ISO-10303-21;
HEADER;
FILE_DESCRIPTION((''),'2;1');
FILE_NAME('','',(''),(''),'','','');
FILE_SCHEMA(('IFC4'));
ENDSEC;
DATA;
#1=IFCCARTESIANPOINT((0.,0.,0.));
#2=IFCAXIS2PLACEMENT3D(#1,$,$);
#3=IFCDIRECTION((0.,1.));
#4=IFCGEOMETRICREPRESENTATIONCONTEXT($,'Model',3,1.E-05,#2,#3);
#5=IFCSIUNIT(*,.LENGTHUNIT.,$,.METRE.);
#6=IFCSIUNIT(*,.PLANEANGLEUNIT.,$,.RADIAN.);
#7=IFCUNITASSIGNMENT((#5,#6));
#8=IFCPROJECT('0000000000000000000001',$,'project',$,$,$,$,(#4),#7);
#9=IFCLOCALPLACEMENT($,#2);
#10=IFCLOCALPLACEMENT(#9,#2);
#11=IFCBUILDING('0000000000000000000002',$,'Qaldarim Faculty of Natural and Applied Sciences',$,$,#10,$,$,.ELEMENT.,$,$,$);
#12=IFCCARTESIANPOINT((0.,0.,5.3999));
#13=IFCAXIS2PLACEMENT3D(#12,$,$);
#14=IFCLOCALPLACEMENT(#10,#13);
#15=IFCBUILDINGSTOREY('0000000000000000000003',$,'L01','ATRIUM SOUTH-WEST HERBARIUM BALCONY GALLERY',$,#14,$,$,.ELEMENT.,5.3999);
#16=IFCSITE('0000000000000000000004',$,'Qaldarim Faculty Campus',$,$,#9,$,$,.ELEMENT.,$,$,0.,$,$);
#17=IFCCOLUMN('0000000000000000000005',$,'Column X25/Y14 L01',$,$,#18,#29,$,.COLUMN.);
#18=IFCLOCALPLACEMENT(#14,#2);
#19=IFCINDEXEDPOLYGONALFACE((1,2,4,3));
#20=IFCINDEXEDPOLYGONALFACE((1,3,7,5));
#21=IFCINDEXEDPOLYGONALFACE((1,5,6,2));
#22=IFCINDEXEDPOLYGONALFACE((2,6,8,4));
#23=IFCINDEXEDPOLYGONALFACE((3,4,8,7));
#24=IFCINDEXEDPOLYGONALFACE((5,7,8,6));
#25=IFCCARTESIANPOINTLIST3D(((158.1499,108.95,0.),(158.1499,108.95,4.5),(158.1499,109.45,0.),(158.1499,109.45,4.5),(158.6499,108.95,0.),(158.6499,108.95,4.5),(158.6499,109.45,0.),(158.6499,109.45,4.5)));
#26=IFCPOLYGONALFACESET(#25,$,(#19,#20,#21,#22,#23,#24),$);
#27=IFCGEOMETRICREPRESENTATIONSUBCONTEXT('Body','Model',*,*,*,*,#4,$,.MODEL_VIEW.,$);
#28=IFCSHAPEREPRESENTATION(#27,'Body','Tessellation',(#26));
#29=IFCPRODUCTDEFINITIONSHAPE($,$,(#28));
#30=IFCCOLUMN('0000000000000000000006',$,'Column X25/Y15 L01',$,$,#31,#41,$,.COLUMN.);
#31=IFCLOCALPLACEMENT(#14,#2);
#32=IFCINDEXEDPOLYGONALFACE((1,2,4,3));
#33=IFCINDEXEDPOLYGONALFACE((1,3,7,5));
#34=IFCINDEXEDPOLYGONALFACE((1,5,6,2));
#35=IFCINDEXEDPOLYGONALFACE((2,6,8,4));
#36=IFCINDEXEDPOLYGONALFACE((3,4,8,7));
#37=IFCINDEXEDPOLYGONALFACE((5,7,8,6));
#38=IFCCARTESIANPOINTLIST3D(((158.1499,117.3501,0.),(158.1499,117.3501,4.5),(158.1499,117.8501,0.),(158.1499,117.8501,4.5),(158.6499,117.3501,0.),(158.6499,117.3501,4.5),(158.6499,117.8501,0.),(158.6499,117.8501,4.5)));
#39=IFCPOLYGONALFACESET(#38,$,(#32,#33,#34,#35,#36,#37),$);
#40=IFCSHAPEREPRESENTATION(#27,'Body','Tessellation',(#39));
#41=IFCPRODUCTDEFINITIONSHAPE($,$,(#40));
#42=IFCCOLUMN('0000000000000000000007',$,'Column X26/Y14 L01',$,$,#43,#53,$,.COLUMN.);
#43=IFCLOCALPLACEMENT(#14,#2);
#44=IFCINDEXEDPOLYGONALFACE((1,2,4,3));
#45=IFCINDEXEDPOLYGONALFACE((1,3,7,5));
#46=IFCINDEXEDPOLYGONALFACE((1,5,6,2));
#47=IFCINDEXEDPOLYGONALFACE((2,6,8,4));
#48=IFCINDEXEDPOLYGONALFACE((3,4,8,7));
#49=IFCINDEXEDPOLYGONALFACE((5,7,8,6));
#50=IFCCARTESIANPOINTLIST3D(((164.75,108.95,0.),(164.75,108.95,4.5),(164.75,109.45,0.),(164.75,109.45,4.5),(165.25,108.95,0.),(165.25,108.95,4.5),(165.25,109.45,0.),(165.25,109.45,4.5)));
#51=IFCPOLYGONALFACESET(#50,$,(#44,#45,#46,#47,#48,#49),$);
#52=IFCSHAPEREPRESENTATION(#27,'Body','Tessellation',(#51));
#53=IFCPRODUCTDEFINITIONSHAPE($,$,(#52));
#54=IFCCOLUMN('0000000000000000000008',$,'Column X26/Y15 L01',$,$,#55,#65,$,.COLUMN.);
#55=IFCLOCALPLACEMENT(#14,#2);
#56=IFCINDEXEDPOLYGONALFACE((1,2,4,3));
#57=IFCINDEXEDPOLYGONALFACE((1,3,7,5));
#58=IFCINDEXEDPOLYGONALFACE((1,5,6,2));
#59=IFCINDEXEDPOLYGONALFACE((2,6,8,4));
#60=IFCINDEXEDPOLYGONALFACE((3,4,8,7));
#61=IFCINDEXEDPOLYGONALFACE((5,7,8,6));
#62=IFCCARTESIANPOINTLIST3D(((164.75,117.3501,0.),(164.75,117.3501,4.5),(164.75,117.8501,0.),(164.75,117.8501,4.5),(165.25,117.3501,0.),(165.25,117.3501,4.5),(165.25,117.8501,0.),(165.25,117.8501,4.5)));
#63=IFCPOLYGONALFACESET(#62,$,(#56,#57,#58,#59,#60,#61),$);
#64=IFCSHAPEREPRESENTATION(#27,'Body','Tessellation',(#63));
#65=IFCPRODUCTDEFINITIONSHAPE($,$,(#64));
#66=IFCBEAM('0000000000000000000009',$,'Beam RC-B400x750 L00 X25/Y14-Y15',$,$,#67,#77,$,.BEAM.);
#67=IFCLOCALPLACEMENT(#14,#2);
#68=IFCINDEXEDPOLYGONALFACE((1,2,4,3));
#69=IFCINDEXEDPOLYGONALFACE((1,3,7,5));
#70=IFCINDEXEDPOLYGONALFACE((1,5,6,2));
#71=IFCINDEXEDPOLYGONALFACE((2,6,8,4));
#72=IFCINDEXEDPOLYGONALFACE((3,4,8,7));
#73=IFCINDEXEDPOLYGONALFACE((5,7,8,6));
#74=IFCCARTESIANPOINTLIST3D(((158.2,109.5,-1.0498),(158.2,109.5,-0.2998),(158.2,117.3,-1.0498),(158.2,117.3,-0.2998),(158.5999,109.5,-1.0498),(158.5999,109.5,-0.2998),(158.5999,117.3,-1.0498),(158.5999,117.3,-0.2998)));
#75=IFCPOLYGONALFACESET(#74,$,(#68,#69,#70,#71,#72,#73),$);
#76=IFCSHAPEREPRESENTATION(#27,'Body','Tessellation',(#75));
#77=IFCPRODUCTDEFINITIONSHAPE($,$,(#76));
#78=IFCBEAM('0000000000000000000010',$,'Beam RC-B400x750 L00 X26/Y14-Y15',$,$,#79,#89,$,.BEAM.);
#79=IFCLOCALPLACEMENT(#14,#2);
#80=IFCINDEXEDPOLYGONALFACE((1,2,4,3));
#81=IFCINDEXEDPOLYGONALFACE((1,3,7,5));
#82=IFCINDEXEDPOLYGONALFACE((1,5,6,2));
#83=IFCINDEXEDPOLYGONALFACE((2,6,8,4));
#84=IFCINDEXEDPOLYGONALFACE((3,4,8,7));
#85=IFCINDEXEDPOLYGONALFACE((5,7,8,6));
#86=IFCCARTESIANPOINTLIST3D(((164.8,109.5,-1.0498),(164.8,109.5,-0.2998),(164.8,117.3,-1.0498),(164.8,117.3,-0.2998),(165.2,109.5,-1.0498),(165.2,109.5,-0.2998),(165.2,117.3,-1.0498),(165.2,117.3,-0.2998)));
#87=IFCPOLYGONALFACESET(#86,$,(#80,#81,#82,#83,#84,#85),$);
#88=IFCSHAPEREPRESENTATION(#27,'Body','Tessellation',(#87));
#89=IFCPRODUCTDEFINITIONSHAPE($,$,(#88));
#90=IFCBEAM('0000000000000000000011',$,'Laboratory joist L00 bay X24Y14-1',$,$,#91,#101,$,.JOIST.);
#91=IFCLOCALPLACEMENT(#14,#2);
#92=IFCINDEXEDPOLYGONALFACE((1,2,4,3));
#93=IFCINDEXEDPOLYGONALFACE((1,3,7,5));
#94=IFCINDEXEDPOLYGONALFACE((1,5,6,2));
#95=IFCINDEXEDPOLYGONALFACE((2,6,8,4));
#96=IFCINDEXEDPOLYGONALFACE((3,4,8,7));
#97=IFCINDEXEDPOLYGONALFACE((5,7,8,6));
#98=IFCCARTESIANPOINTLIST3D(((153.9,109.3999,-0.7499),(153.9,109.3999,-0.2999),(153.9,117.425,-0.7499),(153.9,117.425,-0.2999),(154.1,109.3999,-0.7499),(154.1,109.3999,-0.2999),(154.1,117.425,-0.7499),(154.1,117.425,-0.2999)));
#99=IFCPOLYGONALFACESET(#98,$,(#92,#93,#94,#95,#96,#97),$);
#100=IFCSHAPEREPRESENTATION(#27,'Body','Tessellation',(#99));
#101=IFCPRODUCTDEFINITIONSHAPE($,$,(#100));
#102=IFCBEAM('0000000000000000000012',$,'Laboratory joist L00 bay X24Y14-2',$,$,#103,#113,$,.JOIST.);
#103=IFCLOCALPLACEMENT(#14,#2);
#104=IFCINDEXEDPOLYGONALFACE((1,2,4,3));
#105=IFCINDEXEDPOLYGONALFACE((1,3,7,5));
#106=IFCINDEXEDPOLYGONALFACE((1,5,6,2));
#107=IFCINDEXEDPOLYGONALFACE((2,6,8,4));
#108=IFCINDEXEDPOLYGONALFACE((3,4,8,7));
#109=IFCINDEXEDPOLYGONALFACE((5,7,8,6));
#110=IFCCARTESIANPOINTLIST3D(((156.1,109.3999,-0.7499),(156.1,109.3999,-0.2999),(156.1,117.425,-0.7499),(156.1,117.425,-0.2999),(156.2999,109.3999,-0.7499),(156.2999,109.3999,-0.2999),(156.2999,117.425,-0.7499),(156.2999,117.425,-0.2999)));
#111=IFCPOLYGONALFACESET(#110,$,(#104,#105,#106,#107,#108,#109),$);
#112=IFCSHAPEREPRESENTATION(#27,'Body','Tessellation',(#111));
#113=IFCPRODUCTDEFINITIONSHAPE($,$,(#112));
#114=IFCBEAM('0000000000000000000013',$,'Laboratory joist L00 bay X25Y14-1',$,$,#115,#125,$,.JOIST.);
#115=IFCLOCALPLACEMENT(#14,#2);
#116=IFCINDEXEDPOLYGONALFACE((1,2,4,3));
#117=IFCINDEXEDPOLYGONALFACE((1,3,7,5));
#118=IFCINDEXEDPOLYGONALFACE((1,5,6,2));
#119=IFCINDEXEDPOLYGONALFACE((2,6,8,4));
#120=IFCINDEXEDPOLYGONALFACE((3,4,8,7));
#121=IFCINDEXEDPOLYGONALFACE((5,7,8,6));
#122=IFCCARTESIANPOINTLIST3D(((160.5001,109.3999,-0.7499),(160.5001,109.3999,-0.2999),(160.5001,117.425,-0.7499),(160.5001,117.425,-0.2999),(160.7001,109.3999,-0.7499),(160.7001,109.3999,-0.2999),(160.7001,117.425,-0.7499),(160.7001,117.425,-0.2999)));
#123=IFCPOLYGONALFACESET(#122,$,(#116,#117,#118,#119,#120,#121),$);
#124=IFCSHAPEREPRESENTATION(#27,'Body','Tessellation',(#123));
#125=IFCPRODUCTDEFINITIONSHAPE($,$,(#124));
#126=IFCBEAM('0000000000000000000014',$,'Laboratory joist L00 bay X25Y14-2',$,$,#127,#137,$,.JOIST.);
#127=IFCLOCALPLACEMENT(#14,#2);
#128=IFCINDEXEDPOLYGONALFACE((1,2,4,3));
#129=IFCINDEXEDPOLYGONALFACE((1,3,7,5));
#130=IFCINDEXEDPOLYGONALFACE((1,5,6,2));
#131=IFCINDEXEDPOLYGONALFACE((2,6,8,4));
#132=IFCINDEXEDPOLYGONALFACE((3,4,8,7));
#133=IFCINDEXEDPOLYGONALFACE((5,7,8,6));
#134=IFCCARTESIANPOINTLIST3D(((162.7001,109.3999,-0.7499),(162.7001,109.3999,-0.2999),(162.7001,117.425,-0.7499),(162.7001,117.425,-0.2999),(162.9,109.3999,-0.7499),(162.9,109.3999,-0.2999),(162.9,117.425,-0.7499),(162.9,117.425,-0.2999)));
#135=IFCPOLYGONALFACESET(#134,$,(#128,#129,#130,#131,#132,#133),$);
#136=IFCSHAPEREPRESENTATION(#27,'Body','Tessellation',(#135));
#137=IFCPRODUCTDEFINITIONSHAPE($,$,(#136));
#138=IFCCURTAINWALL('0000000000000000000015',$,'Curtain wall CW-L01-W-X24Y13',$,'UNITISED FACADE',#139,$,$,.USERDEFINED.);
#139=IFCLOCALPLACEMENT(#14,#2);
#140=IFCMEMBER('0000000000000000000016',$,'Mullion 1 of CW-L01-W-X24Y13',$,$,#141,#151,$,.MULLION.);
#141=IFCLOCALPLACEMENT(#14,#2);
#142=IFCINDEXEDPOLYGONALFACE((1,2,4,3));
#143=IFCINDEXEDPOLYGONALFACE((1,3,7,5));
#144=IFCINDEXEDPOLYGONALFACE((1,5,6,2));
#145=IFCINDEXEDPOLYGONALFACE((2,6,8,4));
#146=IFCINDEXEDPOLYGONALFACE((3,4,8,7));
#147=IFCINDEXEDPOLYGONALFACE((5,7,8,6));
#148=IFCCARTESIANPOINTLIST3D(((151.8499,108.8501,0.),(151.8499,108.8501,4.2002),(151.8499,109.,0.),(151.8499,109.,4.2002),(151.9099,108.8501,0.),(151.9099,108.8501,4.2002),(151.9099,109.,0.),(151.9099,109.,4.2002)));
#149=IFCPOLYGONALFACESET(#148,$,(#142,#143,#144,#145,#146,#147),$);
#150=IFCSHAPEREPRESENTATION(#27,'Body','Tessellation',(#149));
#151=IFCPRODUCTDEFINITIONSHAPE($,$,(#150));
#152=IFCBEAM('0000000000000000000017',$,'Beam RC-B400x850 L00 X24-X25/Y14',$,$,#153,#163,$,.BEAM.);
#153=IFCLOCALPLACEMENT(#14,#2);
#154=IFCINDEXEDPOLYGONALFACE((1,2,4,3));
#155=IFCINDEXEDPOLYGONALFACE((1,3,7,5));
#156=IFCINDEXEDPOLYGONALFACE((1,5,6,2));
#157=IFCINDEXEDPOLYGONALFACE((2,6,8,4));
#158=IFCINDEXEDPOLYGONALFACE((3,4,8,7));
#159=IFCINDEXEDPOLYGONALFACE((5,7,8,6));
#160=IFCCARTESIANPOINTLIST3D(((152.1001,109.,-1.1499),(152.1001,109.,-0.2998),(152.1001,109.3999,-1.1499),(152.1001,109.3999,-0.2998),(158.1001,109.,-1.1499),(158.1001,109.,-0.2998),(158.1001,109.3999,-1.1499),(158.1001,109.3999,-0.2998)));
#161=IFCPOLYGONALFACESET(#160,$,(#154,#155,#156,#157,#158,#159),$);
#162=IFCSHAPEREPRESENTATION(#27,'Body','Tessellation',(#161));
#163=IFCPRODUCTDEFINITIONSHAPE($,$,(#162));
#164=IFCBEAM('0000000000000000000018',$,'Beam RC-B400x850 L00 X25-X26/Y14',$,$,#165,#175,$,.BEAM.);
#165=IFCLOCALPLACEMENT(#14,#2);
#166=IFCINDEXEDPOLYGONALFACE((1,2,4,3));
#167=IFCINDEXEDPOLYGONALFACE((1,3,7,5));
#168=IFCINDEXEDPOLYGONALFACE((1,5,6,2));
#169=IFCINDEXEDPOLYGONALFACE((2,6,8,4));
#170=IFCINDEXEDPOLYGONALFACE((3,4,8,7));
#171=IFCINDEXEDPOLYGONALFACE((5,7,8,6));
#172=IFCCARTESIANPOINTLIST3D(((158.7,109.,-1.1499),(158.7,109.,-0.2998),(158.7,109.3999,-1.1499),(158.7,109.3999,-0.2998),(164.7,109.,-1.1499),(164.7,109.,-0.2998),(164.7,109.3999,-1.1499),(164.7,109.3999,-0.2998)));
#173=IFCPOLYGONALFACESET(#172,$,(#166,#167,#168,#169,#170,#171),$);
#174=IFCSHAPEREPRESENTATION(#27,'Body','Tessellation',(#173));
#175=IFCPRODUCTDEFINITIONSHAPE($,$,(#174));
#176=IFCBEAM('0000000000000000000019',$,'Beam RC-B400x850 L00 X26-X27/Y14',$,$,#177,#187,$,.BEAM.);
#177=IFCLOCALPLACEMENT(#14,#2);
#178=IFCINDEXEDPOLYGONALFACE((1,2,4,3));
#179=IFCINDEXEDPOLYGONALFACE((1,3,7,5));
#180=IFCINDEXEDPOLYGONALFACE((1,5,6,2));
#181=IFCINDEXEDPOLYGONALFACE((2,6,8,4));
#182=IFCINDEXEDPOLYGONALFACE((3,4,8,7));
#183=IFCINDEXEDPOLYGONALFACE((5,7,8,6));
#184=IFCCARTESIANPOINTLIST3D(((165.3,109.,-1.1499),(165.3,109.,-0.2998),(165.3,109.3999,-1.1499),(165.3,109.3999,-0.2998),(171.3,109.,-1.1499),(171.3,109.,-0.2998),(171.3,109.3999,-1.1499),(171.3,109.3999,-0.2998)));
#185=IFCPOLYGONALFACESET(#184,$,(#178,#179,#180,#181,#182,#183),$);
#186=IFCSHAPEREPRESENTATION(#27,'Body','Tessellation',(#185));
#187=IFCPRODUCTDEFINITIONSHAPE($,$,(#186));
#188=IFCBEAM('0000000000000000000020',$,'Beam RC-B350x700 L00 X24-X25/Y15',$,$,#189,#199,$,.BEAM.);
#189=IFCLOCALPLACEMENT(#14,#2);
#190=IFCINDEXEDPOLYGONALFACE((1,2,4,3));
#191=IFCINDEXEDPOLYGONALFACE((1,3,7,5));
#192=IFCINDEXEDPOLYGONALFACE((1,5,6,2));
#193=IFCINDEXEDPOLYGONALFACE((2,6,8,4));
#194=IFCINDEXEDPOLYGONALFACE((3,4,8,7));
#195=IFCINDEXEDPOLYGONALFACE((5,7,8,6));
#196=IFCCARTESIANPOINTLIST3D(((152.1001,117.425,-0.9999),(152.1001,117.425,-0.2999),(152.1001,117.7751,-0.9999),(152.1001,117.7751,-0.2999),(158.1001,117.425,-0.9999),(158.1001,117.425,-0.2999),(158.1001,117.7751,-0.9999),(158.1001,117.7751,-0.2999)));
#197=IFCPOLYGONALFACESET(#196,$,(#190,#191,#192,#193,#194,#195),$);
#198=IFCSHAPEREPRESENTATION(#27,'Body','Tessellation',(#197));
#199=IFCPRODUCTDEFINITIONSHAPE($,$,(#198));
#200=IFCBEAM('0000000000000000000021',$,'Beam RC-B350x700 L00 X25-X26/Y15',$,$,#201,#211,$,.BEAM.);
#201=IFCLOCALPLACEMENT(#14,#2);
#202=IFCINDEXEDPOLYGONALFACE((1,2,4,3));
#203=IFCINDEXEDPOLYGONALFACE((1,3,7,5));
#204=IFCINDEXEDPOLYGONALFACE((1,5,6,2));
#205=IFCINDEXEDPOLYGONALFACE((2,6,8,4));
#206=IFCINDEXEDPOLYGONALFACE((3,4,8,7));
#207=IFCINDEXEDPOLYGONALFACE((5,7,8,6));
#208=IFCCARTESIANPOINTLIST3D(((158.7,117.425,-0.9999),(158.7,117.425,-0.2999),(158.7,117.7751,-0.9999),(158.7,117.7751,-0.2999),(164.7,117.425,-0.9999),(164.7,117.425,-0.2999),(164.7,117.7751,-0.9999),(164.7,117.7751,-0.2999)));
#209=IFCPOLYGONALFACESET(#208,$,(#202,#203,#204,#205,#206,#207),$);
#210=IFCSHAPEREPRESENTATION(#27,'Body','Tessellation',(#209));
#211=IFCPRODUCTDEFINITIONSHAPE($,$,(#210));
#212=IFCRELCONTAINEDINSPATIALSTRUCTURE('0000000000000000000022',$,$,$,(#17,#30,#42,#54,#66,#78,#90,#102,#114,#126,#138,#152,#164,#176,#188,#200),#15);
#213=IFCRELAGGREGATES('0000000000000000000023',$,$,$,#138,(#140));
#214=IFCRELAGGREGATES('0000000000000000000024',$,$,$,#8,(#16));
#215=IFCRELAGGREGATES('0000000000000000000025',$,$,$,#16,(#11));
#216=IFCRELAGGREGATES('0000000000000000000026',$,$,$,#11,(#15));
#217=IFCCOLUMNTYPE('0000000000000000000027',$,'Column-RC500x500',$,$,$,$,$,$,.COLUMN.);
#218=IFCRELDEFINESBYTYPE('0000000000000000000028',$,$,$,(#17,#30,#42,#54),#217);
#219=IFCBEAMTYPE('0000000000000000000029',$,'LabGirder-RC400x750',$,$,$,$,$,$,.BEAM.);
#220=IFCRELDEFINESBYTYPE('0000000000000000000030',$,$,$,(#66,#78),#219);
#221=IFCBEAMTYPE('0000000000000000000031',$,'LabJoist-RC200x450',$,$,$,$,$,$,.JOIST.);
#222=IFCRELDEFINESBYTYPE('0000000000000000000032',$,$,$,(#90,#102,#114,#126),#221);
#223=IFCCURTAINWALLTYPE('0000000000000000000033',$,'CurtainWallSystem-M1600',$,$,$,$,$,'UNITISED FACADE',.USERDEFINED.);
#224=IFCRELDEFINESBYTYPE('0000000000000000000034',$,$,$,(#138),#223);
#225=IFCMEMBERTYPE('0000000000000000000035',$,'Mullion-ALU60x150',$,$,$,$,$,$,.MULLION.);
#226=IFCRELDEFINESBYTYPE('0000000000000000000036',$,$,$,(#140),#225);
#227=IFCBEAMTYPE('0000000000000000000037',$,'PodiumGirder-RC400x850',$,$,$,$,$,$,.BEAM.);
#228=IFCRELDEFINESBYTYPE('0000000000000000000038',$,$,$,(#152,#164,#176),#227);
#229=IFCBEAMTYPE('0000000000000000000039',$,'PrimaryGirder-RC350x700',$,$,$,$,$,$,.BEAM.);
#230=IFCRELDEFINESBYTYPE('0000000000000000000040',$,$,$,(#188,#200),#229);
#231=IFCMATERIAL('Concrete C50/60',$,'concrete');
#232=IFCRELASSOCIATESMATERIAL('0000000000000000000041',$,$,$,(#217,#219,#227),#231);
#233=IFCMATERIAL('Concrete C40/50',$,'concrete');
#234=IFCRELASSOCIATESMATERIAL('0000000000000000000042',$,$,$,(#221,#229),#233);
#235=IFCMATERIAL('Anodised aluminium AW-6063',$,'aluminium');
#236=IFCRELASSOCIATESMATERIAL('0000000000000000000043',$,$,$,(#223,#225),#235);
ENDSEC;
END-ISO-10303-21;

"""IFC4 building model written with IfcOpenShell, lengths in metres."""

from ifc_helpers import new_model, si_unit, direction, frame, origin, origin_2d, place, context, subcontext, project, spatial, rectangle, extrude, material, material_profile, profile_set, type_object, element, aggregate, save


model = new_model("IFC4")

# Units and contexts
model_context = context("Model", 3, precision=1e-05, world=origin(), true_north=direction((0.0, 1.0)))
body_context = subcontext(model_context, "Body", "Model", "MODEL_VIEW")
ifc_project = project(units=[si_unit("LENGTHUNIT", "METRE"), si_unit("PLANEANGLEUNIT", "RADIAN")], contexts=[model_context])

# Site, building, storey
site_placement = place(None, origin())
site = spatial("IfcSite", under=ifc_project, at=site_placement, Name="Qaldarim Faculty Campus", CompositionType="ELEMENT", RefElevation=0.0)
building_placement = place(site_placement, origin())
building = spatial("IfcBuilding", under=site, at=building_placement, Name="Qaldarim Faculty of Natural and Applied Sciences", CompositionType="ELEMENT")
storey_placement = place(building_placement, frame((0.0, 0.0, 5.3999)))
storey = spatial("IfcBuildingStorey", under=building, at=storey_placement, Name="L01", Description="ATRIUM SOUTH-WEST HERBARIUM BALCONY GALLERY", CompositionType="ELEMENT", Elevation=5.3999)

# Columns
ifc_material_1 = material(Name="Concrete C50/60", Category="concrete")
ifc_material_profile_1 = material_profile(ifc_material_1, rectangle(XDim=0.5, YDim=0.5, at=origin_2d()), Name="RC-C500x500")
ifc_profile_set_1 = profile_set([ifc_material_profile_1], Name="Concrete C50/60")
column_type = type_object("IfcColumnType", Name="Column-RC500x500", PredefinedType="COLUMN", material=ifc_profile_set_1)
for number, where, z_axis, x_axis, name in (
    (1, (158.3999, 109.2, 0.0), (0.0, 0.0, 1.0), (1.0, 0.0, 0.0), "Column X25/Y14 L01"),
    (2, (158.3999, 117.6001, 0.0), (0.0, 0.0, 1.0), (1.0, 0.0, 0.0), "Column X25/Y15 L01"),
    (3, (165.0, 109.2, 0.0), (0.0, 0.0, 1.0), (1.0, 0.0, 0.0), "Column X26/Y14 L01"),
    (4, (165.0, 117.6001, 0.0), (0.0, 0.0, 1.0), (1.0, 0.0, 0.0), "Column X26/Y15 L01"),
):
    element("IfcColumn", number, at=place(storey_placement, frame(where, z_axis=z_axis, x_axis=x_axis)), inside=storey, type_object=column_type, Name=name, PredefinedType="COLUMN", context=body_context, shape_type="SweptSolid", body=[
        extrude(rectangle(XDim=0.5, YDim=0.5, at=origin_2d()), origin(), (0.0, 0.0, 1.0), 4.5),
    ])

# Beams
ifc_material_profile_2 = material_profile(ifc_material_1, rectangle(XDim=0.3999, YDim=0.75, at=origin_2d()), Name="RC-B400x750")
ifc_profile_set_2 = profile_set([ifc_material_profile_2], Name="Concrete C50/60")
beam_type_1 = type_object("IfcBeamType", Name="LabGirder-RC400x750", PredefinedType="BEAM", material=ifc_profile_set_2)
for number, where, z_axis, x_axis, name in (
    (5, (158.3999, 109.5, -0.6748), (0.0, 1.0, 0.0), (-1.0, 0.0, 0.0), "Beam RC-B400x750 L00 X25/Y14-Y15"),
    (6, (165.0, 109.5, -0.6748), (0.0, 1.0, 0.0), (-1.0, 0.0, 0.0), "Beam RC-B400x750 L00 X26/Y14-Y15"),
):
    element("IfcBeam", number, at=place(storey_placement, frame(where, z_axis=z_axis, x_axis=x_axis)), inside=storey, type_object=beam_type_1, Name=name, PredefinedType="BEAM", context=body_context, shape_type="SweptSolid", body=[
        extrude(rectangle(XDim=0.3999, YDim=0.75, at=origin_2d()), origin(), (0.0, 0.0, 1.0), 7.8),
    ])
ifc_material_2 = material(Name="Concrete C40/50", Category="concrete")
ifc_material_profile_3 = material_profile(ifc_material_2, rectangle(XDim=0.2, YDim=0.45, at=origin_2d()), Name="RC-J200x450")
ifc_profile_set_3 = profile_set([ifc_material_profile_3], Name="Concrete C40/50")
beam_type_2 = type_object("IfcBeamType", Name="LabJoist-RC200x450", PredefinedType="JOIST", material=ifc_profile_set_3)
for number, where, z_axis, x_axis, name in (
    (7, (154.0, 109.3999, -0.5249), (0.0, 1.0, 0.0), (-1.0, 0.0, 0.0), "Laboratory joist L00 bay X24Y14-1"),
    (8, (156.2, 109.3999, -0.5249), (0.0, 1.0, 0.0), (-1.0, 0.0, 0.0), "Laboratory joist L00 bay X24Y14-2"),
    (9, (160.6001, 109.3999, -0.5249), (0.0, 1.0, 0.0), (-1.0, 0.0, 0.0), "Laboratory joist L00 bay X25Y14-1"),
    (10, (162.8, 109.3999, -0.5249), (0.0, 1.0, 0.0), (-1.0, 0.0, 0.0), "Laboratory joist L00 bay X25Y14-2"),
):
    element("IfcBeam", number, at=place(storey_placement, frame(where, z_axis=z_axis, x_axis=x_axis)), inside=storey, type_object=beam_type_2, Name=name, PredefinedType="JOIST", context=body_context, shape_type="SweptSolid", body=[
        extrude(rectangle(XDim=0.2, YDim=0.45, at=origin_2d()), origin(), (0.0, 0.0, 1.0), 8.0251),
    ])

# Curtain wall, member
ifc_material_3 = material(Name="Anodised aluminium AW-6063", Category="aluminium")
curtain_wall_type = type_object("IfcCurtainWallType", Name="CurtainWallSystem-M1600", ElementType="UNITISED FACADE", PredefinedType="USERDEFINED", material=ifc_material_3)
curtain_wall_placement = place(storey_placement, origin())
curtain_wall = element("IfcCurtainWall", 11, at=curtain_wall_placement, inside=storey, type_object=curtain_wall_type, Name="Curtain wall CW-L01-W-X24Y13", ObjectType="UNITISED FACADE", PredefinedType="USERDEFINED")
ifc_material_profile_4 = material_profile(ifc_material_3, rectangle(XDim=0.0601, YDim=0.1499, at=origin_2d()), Name="ALU-M60x150")
ifc_profile_set_4 = profile_set([ifc_material_profile_4], Name="Anodised aluminium AW-6063")
member_type = type_object("IfcMemberType", Name="Mullion-ALU60x150", PredefinedType="MULLION", material=ifc_profile_set_4)
member_placement = place(storey_placement, frame((151.8799, 108.925, 0.0), z_axis=(0.0, 0.0, 1.0), x_axis=(1.0, 0.0, 0.0)))
member = element("IfcMember", 12, at=member_placement, type_object=member_type, Name="Mullion 1 of CW-L01-W-X24Y13", PredefinedType="MULLION", context=body_context, shape_type="SweptSolid", body=[
    extrude(rectangle(XDim=0.0601, YDim=0.1499, at=origin_2d()), origin(), (0.0, 0.0, 1.0), 4.2002),
])
aggregate(curtain_wall, [member])

# Beams
ifc_material_profile_5 = material_profile(ifc_material_1, rectangle(XDim=0.3999, YDim=0.8501, at=origin_2d()), Name="RC-B400x850")
ifc_profile_set_5 = profile_set([ifc_material_profile_5], Name="Concrete C50/60")
beam_type_3 = type_object("IfcBeamType", Name="PodiumGirder-RC400x850", PredefinedType="BEAM", material=ifc_profile_set_5)
for number, where, z_axis, x_axis, name in (
    (13, (152.1001, 109.2, -0.7249), (1.0, 0.0, 0.0), (0.0, 1.0, 0.0), "Beam RC-B400x850 L00 X24-X25/Y14"),
    (14, (158.7, 109.2, -0.7249), (1.0, 0.0, 0.0), (0.0, 1.0, 0.0), "Beam RC-B400x850 L00 X25-X26/Y14"),
    (15, (165.3, 109.2, -0.7249), (1.0, 0.0, 0.0), (0.0, 1.0, 0.0), "Beam RC-B400x850 L00 X26-X27/Y14"),
):
    element("IfcBeam", number, at=place(storey_placement, frame(where, z_axis=z_axis, x_axis=x_axis)), inside=storey, type_object=beam_type_3, Name=name, PredefinedType="BEAM", context=body_context, shape_type="SweptSolid", body=[
        extrude(rectangle(XDim=0.3999, YDim=0.8501, at=origin_2d()), origin(), (0.0, 0.0, 1.0), 6.0),
    ])
ifc_material_profile_6 = material_profile(ifc_material_2, rectangle(XDim=0.3501, YDim=0.7, at=origin_2d()), Name="RC-B350x700")
ifc_profile_set_6 = profile_set([ifc_material_profile_6], Name="Concrete C40/50")
beam_type_4 = type_object("IfcBeamType", Name="PrimaryGirder-RC350x700", PredefinedType="BEAM", material=ifc_profile_set_6)
for number, where, z_axis, x_axis, name in (
    (16, (152.1001, 117.6001, -0.6499), (1.0, 0.0, 0.0), (0.0, 1.0, 0.0), "Beam RC-B350x700 L00 X24-X25/Y15"),
    (17, (158.7, 117.6001, -0.6499), (1.0, 0.0, 0.0), (0.0, 1.0, 0.0), "Beam RC-B350x700 L00 X25-X26/Y15"),
):
    element("IfcBeam", number, at=place(storey_placement, frame(where, z_axis=z_axis, x_axis=x_axis)), inside=storey, type_object=beam_type_4, Name=name, PredefinedType="BEAM", context=body_context, shape_type="SweptSolid", body=[
        extrude(rectangle(XDim=0.3501, YDim=0.7, at=origin_2d()), origin(), (0.0, 0.0, 1.0), 6.0),
    ])

save(model, "model.ifc")
